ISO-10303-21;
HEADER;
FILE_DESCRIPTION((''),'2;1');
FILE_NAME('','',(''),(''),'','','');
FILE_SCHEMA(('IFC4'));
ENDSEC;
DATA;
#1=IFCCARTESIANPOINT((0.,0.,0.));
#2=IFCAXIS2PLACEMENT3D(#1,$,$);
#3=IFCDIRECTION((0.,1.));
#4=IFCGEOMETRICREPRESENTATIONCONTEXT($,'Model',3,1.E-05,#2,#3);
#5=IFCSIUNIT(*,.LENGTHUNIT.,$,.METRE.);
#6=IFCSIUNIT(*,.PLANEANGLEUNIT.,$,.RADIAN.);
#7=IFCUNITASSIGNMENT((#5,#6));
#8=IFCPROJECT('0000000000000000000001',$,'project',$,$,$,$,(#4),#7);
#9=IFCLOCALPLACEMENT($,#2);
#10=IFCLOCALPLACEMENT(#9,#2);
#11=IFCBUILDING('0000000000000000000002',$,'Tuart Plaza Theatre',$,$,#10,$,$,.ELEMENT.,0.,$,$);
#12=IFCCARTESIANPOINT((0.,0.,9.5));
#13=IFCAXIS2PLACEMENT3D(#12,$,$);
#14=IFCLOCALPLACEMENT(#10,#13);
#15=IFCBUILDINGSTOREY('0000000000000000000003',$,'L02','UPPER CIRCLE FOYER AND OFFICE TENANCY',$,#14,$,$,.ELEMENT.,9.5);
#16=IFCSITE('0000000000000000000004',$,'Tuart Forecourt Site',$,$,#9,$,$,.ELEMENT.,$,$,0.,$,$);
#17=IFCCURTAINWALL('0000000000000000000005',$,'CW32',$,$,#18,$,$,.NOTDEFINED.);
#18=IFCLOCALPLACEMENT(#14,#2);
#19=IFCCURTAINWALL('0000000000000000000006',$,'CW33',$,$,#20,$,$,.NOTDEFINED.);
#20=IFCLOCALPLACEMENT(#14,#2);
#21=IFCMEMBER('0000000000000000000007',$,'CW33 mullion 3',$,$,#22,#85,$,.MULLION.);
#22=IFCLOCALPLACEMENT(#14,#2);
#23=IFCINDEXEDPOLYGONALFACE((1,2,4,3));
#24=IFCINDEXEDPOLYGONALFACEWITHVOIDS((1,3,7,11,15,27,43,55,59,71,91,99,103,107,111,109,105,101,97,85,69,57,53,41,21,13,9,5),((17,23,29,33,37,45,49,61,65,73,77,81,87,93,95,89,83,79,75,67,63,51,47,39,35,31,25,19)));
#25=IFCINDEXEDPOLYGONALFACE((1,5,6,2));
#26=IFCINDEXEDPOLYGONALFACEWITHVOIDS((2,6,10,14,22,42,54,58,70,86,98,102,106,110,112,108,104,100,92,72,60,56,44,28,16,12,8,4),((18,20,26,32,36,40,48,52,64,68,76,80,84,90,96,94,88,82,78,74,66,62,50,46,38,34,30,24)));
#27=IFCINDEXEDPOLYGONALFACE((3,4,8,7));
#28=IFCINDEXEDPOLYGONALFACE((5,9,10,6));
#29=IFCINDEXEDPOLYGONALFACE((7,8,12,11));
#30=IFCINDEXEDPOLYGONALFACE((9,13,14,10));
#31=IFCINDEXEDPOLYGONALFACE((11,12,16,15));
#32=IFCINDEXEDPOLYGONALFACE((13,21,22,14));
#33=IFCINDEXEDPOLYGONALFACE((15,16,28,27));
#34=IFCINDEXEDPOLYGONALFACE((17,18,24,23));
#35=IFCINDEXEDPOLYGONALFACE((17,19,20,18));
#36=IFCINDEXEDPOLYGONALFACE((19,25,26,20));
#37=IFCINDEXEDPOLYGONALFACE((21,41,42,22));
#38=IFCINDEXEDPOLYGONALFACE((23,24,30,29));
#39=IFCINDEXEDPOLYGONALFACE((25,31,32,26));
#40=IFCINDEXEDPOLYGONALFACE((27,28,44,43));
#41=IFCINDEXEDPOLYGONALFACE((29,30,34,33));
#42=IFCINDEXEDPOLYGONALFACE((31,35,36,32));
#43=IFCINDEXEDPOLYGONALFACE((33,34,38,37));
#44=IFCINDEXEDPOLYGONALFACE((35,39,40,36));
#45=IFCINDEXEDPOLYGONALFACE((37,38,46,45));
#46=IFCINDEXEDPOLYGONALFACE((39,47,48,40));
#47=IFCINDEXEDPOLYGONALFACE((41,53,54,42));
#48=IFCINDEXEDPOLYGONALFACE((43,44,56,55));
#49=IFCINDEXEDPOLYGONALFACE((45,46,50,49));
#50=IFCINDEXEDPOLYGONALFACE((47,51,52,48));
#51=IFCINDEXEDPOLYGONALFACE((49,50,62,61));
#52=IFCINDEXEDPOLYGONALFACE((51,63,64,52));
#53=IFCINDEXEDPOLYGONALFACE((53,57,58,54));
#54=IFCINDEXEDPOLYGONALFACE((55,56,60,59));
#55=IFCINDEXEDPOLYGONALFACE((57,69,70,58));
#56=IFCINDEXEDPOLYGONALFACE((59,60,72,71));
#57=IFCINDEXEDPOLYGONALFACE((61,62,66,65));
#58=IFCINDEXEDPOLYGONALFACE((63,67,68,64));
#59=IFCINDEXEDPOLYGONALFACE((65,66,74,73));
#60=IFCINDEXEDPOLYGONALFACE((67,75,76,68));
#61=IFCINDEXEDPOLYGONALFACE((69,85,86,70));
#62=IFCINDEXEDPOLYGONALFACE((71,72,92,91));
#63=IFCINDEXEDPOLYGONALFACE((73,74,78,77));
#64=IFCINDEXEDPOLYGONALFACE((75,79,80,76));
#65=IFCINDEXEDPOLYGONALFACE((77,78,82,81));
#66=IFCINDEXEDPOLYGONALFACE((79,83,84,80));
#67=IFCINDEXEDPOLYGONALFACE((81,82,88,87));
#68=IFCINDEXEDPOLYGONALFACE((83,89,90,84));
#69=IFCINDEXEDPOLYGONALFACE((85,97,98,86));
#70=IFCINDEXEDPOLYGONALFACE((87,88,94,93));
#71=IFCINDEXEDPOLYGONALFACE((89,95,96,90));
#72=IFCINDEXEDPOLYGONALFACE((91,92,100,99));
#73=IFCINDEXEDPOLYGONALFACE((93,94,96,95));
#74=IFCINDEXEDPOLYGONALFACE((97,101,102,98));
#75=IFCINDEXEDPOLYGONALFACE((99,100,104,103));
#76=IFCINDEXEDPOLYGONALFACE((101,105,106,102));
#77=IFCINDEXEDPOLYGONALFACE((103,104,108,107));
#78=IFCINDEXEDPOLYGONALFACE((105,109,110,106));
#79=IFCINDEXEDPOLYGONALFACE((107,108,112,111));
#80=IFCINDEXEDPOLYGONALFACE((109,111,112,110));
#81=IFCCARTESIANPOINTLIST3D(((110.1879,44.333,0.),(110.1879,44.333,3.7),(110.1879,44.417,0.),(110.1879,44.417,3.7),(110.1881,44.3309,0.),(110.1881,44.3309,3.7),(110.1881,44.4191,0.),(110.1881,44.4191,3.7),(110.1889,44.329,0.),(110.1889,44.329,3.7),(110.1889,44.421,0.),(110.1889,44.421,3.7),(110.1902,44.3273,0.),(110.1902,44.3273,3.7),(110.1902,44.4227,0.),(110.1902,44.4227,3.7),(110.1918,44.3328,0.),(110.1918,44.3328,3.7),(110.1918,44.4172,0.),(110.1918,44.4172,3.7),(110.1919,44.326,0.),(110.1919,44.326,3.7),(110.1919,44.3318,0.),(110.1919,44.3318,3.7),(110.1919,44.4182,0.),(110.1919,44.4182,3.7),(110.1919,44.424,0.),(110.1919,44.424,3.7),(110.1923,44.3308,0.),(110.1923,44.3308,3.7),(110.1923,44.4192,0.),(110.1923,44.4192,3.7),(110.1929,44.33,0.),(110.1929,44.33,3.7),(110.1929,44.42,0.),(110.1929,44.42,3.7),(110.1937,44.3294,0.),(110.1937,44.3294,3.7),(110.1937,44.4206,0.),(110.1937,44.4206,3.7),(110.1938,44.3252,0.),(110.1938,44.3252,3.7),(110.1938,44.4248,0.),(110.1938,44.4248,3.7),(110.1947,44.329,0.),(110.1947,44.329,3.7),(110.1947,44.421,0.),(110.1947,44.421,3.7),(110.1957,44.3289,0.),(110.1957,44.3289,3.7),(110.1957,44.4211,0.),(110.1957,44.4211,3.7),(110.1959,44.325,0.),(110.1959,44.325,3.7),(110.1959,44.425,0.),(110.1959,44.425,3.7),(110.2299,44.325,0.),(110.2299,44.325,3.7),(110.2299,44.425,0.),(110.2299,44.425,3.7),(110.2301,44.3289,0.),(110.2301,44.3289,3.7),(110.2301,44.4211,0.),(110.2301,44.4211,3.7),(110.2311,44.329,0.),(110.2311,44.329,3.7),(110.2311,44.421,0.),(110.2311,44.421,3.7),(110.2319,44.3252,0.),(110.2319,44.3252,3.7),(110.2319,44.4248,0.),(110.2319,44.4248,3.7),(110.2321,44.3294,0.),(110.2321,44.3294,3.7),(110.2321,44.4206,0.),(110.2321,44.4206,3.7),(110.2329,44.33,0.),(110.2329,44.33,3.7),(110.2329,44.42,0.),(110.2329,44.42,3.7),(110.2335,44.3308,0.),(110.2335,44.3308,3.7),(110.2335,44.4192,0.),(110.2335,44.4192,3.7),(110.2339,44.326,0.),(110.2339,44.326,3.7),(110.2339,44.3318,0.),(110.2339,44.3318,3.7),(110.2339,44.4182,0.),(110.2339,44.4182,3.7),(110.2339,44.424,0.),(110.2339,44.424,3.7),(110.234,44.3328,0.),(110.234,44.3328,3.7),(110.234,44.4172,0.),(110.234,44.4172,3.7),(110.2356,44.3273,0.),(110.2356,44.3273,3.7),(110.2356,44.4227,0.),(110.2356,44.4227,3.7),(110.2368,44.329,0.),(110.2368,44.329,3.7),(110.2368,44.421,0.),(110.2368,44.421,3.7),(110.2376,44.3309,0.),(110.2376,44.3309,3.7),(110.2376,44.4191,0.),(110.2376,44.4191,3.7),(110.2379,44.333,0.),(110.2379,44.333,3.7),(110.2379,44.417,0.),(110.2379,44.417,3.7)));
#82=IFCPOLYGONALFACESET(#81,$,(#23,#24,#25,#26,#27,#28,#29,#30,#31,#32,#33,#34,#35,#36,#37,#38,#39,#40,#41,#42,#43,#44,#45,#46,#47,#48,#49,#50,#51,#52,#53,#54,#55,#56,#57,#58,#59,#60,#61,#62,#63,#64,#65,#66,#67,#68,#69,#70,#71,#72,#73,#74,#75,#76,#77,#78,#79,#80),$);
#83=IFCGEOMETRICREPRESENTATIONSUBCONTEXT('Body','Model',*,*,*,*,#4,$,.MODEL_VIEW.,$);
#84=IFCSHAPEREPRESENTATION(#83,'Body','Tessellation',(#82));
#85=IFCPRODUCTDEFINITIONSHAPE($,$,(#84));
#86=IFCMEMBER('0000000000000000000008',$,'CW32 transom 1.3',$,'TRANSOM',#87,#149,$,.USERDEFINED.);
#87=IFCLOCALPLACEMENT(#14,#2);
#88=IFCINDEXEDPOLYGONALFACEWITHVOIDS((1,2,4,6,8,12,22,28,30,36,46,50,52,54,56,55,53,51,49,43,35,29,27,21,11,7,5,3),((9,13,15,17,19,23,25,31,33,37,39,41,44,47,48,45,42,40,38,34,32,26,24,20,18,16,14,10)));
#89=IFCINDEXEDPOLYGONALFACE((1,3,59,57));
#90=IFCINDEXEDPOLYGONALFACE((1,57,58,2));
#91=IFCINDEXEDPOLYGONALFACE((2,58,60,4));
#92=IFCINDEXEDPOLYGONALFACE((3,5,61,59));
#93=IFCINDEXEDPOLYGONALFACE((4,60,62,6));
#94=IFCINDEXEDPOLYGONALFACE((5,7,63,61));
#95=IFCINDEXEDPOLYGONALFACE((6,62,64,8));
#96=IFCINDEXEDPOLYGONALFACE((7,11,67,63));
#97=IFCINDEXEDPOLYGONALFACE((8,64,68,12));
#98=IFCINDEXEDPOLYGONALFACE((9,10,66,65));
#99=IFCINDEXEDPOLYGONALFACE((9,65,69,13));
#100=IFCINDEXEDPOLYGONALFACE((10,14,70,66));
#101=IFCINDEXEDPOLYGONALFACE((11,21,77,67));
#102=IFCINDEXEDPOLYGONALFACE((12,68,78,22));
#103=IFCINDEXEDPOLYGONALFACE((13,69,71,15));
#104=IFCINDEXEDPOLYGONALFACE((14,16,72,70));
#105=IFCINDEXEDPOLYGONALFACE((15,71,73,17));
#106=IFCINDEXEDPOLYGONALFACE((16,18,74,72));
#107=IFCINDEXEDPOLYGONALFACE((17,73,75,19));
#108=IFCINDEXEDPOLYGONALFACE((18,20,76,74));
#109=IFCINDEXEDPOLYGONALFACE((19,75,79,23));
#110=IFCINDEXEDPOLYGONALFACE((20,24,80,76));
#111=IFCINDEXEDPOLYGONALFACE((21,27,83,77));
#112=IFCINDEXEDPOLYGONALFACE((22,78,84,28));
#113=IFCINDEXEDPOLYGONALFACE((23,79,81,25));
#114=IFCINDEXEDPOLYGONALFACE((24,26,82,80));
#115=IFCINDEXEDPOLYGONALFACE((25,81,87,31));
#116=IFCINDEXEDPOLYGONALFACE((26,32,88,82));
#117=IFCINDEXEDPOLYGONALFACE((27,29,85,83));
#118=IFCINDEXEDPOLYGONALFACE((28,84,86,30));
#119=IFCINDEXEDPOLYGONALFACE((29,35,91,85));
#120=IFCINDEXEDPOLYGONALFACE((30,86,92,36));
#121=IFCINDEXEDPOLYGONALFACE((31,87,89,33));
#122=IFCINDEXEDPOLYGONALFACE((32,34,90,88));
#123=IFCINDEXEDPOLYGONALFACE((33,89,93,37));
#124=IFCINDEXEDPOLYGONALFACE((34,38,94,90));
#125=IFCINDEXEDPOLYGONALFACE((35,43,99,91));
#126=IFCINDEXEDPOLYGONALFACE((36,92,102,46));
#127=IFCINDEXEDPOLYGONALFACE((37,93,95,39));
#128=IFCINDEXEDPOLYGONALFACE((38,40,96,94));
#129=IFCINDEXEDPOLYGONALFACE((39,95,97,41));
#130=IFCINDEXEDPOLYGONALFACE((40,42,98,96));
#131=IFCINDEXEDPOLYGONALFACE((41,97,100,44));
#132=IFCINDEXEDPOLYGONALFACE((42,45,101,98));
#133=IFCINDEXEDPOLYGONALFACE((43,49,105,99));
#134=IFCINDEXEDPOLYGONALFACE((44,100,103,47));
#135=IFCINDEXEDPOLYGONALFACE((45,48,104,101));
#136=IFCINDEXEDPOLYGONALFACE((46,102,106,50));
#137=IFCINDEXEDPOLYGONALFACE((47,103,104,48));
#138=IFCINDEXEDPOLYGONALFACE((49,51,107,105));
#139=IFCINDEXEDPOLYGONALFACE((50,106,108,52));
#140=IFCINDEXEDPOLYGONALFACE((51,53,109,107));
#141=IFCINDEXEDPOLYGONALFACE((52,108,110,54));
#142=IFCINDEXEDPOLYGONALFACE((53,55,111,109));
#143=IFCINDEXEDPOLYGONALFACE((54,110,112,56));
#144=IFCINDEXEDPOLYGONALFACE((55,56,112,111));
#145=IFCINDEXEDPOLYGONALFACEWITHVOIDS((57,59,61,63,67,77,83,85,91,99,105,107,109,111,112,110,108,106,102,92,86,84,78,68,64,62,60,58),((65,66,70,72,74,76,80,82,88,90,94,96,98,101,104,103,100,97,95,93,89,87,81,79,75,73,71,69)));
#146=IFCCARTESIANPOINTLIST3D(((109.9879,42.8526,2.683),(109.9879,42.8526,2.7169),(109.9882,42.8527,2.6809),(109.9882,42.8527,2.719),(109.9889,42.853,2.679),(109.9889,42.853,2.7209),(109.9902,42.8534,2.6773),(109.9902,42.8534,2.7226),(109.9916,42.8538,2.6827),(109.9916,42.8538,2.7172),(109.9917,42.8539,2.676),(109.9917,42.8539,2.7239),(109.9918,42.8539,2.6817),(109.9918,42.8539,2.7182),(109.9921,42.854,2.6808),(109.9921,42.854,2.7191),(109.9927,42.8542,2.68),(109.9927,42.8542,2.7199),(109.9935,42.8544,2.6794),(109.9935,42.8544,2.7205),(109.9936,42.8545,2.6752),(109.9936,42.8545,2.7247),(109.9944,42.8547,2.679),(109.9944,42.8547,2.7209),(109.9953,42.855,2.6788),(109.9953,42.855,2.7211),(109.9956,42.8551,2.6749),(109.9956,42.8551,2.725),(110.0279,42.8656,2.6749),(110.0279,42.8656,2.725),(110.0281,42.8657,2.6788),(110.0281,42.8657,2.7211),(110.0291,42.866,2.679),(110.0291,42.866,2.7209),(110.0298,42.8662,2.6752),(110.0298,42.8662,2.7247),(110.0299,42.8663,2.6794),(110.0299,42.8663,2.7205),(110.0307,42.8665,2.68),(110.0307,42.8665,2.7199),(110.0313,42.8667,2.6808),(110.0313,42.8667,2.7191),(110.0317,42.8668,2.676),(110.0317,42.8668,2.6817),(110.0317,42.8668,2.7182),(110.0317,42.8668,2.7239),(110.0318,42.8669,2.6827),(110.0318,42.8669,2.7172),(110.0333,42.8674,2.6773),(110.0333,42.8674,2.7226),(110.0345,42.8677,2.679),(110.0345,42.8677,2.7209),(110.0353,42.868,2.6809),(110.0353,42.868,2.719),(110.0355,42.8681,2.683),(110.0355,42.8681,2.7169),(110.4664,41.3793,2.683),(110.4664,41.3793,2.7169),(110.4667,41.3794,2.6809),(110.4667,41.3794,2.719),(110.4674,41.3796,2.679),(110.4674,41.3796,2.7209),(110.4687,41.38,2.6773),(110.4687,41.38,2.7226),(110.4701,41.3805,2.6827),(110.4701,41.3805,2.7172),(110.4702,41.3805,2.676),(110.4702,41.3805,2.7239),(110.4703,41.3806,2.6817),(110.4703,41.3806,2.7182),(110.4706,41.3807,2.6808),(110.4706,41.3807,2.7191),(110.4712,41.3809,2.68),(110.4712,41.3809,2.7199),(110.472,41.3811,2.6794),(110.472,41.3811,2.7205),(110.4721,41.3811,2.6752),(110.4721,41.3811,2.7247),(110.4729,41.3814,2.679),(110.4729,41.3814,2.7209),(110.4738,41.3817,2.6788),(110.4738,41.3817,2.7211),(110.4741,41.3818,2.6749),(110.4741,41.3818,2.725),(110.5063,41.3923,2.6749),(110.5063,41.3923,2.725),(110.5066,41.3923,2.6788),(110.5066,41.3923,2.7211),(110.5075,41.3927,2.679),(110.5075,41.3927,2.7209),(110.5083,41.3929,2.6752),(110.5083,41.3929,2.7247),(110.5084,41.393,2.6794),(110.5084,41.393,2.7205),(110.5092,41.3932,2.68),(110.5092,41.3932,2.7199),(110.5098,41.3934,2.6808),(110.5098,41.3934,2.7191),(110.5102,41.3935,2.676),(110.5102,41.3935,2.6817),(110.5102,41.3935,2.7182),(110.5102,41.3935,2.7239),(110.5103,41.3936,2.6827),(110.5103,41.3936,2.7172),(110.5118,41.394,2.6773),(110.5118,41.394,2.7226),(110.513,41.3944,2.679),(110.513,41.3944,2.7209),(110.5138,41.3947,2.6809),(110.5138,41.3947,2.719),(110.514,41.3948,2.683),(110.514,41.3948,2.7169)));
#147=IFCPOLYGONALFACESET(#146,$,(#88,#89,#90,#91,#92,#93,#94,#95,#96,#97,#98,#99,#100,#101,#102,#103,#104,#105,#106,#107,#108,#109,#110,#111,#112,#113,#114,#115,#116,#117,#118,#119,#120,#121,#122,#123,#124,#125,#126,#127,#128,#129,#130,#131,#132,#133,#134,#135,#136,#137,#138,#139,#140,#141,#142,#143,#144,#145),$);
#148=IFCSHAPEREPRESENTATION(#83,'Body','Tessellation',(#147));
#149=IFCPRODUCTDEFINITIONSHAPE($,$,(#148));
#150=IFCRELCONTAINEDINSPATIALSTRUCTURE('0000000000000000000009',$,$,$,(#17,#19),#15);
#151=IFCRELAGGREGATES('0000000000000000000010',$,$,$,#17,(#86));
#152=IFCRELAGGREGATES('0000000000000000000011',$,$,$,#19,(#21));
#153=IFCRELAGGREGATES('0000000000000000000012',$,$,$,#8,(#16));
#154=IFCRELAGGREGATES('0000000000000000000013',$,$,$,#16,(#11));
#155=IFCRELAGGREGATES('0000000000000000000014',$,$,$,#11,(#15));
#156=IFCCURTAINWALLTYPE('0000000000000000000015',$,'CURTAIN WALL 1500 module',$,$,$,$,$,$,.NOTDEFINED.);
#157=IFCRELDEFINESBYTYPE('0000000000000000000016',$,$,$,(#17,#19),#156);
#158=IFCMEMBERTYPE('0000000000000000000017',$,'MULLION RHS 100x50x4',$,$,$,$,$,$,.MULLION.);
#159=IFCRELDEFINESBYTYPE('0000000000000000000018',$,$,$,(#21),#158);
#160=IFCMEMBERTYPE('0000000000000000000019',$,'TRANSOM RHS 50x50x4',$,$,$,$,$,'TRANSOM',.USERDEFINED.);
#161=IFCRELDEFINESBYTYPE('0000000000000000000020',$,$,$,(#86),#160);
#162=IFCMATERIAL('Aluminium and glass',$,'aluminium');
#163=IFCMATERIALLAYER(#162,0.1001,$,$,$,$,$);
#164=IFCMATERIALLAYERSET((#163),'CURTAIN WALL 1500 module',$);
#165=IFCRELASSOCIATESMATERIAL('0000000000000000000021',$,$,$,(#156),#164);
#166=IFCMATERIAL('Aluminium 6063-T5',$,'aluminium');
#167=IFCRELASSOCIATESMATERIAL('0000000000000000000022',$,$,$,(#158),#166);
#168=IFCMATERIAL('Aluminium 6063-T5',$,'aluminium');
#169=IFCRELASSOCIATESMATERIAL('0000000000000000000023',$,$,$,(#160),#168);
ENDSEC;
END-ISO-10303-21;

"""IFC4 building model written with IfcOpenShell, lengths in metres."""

from ifc_helpers import new_model, si_unit, direction, frame, origin, origin_2d, place, context, subcontext, project, spatial, hollow_rectangle, extrude, material, layer, layer_set, material_profile, profile_set, type_object, element, aggregate, save


model = new_model("IFC4")

# Units and contexts
model_context = context("Model", 3, precision=1e-05, world=origin(), true_north=direction((0.0, 1.0)))
body_context = subcontext(model_context, "Body", "Model", "MODEL_VIEW")
ifc_project = project(units=[si_unit("LENGTHUNIT", "METRE"), si_unit("PLANEANGLEUNIT", "RADIAN")], contexts=[model_context])

# Site, building, storey
site_placement = place(None, origin())
site = spatial("IfcSite", under=ifc_project, at=site_placement, Name="Tuart Forecourt Site", CompositionType="ELEMENT", RefElevation=0.0)
building_placement = place(site_placement, origin())
building = spatial("IfcBuilding", under=site, at=building_placement, Name="Tuart Plaza Theatre", CompositionType="ELEMENT", ElevationOfRefHeight=0.0)
storey_placement = place(building_placement, frame((0.0, 0.0, 9.5)))
storey = spatial("IfcBuildingStorey", under=building, at=storey_placement, Name="L02", Description="UPPER CIRCLE FOYER AND OFFICE TENANCY", CompositionType="ELEMENT", Elevation=9.5)

# Curtain wall
ifc_material_1 = material(Name="Aluminium and glass", Category="aluminium")
ifc_layer_1 = layer(ifc_material_1, 0.1001)
ifc_layer_set_1 = layer_set([ifc_layer_1], Name="CURTAIN WALL 1500 module")
curtain_wall_type = type_object("IfcCurtainWallType", Name="CURTAIN WALL 1500 module", PredefinedType="NOTDEFINED", material=ifc_layer_set_1)
ifc_material_2 = material(Name="Aluminium 6063-T5", Category="aluminium")
ifc_material_profile_1 = material_profile(ifc_material_2, hollow_rectangle(XDim=0.05, YDim=0.1001, WallThickness=0.0039, InnerFilletRadius=0.0039, OuterFilletRadius=0.0081, at=origin_2d()), Name="RHS 100x50x4")
ifc_profile_set_1 = profile_set([ifc_material_profile_1], Name="Aluminium 6063-T5")
member_type_1 = type_object("IfcMemberType", Name="MULLION RHS 100x50x4", PredefinedType="MULLION", material=ifc_profile_set_1)
curtain_wall_1_placement = place(storey_placement, origin())
curtain_wall_1 = element("IfcCurtainWall", 1, at=curtain_wall_1_placement, inside=storey, type_object=curtain_wall_type, Name="CW32", PredefinedType="NOTDEFINED")

# Curtain wall, member
curtain_wall_2_placement = place(storey_placement, origin())
curtain_wall_2 = element("IfcCurtainWall", 2, at=curtain_wall_2_placement, inside=storey, type_object=curtain_wall_type, Name="CW33", PredefinedType="NOTDEFINED")
member_1_placement = place(storey_placement, frame((110.2129, 44.375, 0.0), z_axis=(0.0, 0.0, 1.0), x_axis=(-1.0, 0.0, 0.0)))
member_1 = element("IfcMember", 3, at=member_1_placement, type_object=member_type_1, Name="CW33 mullion 3", PredefinedType="MULLION", context=body_context, shape_type="SweptSolid", body=[
    extrude(hollow_rectangle(XDim=0.05, YDim=0.1001, WallThickness=0.0039, InnerFilletRadius=0.0039, OuterFilletRadius=0.0081, at=origin_2d()), origin(), (0.0, 0.0, 1.0), 3.7),
])

# Member
ifc_material_3 = material(Name="Aluminium 6063-T5", Category="aluminium")
ifc_material_profile_2 = material_profile(ifc_material_3, hollow_rectangle(XDim=0.05, YDim=0.05, WallThickness=0.0039, InnerFilletRadius=0.0039, OuterFilletRadius=0.0081, at=origin_2d()), Name="RHS 50x50x4")
ifc_profile_set_2 = profile_set([ifc_material_profile_2], Name="Aluminium 6063-T5")
member_type_2 = type_object("IfcMemberType", Name="TRANSOM RHS 50x50x4", ElementType="TRANSOM", PredefinedType="USERDEFINED", material=ifc_profile_set_2)
member_2_placement = place(storey_placement, frame((110.0117, 42.8604, 2.7), z_axis=(0.30889, -0.951098, 0.0), x_axis=(0.951098, 0.30889, 0.0)))
member_2 = element("IfcMember", 4, at=member_2_placement, type_object=member_type_2, Name="CW32 transom 1.3", ObjectType="TRANSOM", PredefinedType="USERDEFINED", context=body_context, shape_type="SweptSolid", body=[
    extrude(hollow_rectangle(XDim=0.05, YDim=0.05, WallThickness=0.0039, InnerFilletRadius=0.0039, OuterFilletRadius=0.0081, at=origin_2d()), origin(), (0.0, 0.0, 1.0), 1.5491),
])
aggregate(curtain_wall_1, [member_2])

aggregate(curtain_wall_2, [member_1])

save(model, "model.ifc")
